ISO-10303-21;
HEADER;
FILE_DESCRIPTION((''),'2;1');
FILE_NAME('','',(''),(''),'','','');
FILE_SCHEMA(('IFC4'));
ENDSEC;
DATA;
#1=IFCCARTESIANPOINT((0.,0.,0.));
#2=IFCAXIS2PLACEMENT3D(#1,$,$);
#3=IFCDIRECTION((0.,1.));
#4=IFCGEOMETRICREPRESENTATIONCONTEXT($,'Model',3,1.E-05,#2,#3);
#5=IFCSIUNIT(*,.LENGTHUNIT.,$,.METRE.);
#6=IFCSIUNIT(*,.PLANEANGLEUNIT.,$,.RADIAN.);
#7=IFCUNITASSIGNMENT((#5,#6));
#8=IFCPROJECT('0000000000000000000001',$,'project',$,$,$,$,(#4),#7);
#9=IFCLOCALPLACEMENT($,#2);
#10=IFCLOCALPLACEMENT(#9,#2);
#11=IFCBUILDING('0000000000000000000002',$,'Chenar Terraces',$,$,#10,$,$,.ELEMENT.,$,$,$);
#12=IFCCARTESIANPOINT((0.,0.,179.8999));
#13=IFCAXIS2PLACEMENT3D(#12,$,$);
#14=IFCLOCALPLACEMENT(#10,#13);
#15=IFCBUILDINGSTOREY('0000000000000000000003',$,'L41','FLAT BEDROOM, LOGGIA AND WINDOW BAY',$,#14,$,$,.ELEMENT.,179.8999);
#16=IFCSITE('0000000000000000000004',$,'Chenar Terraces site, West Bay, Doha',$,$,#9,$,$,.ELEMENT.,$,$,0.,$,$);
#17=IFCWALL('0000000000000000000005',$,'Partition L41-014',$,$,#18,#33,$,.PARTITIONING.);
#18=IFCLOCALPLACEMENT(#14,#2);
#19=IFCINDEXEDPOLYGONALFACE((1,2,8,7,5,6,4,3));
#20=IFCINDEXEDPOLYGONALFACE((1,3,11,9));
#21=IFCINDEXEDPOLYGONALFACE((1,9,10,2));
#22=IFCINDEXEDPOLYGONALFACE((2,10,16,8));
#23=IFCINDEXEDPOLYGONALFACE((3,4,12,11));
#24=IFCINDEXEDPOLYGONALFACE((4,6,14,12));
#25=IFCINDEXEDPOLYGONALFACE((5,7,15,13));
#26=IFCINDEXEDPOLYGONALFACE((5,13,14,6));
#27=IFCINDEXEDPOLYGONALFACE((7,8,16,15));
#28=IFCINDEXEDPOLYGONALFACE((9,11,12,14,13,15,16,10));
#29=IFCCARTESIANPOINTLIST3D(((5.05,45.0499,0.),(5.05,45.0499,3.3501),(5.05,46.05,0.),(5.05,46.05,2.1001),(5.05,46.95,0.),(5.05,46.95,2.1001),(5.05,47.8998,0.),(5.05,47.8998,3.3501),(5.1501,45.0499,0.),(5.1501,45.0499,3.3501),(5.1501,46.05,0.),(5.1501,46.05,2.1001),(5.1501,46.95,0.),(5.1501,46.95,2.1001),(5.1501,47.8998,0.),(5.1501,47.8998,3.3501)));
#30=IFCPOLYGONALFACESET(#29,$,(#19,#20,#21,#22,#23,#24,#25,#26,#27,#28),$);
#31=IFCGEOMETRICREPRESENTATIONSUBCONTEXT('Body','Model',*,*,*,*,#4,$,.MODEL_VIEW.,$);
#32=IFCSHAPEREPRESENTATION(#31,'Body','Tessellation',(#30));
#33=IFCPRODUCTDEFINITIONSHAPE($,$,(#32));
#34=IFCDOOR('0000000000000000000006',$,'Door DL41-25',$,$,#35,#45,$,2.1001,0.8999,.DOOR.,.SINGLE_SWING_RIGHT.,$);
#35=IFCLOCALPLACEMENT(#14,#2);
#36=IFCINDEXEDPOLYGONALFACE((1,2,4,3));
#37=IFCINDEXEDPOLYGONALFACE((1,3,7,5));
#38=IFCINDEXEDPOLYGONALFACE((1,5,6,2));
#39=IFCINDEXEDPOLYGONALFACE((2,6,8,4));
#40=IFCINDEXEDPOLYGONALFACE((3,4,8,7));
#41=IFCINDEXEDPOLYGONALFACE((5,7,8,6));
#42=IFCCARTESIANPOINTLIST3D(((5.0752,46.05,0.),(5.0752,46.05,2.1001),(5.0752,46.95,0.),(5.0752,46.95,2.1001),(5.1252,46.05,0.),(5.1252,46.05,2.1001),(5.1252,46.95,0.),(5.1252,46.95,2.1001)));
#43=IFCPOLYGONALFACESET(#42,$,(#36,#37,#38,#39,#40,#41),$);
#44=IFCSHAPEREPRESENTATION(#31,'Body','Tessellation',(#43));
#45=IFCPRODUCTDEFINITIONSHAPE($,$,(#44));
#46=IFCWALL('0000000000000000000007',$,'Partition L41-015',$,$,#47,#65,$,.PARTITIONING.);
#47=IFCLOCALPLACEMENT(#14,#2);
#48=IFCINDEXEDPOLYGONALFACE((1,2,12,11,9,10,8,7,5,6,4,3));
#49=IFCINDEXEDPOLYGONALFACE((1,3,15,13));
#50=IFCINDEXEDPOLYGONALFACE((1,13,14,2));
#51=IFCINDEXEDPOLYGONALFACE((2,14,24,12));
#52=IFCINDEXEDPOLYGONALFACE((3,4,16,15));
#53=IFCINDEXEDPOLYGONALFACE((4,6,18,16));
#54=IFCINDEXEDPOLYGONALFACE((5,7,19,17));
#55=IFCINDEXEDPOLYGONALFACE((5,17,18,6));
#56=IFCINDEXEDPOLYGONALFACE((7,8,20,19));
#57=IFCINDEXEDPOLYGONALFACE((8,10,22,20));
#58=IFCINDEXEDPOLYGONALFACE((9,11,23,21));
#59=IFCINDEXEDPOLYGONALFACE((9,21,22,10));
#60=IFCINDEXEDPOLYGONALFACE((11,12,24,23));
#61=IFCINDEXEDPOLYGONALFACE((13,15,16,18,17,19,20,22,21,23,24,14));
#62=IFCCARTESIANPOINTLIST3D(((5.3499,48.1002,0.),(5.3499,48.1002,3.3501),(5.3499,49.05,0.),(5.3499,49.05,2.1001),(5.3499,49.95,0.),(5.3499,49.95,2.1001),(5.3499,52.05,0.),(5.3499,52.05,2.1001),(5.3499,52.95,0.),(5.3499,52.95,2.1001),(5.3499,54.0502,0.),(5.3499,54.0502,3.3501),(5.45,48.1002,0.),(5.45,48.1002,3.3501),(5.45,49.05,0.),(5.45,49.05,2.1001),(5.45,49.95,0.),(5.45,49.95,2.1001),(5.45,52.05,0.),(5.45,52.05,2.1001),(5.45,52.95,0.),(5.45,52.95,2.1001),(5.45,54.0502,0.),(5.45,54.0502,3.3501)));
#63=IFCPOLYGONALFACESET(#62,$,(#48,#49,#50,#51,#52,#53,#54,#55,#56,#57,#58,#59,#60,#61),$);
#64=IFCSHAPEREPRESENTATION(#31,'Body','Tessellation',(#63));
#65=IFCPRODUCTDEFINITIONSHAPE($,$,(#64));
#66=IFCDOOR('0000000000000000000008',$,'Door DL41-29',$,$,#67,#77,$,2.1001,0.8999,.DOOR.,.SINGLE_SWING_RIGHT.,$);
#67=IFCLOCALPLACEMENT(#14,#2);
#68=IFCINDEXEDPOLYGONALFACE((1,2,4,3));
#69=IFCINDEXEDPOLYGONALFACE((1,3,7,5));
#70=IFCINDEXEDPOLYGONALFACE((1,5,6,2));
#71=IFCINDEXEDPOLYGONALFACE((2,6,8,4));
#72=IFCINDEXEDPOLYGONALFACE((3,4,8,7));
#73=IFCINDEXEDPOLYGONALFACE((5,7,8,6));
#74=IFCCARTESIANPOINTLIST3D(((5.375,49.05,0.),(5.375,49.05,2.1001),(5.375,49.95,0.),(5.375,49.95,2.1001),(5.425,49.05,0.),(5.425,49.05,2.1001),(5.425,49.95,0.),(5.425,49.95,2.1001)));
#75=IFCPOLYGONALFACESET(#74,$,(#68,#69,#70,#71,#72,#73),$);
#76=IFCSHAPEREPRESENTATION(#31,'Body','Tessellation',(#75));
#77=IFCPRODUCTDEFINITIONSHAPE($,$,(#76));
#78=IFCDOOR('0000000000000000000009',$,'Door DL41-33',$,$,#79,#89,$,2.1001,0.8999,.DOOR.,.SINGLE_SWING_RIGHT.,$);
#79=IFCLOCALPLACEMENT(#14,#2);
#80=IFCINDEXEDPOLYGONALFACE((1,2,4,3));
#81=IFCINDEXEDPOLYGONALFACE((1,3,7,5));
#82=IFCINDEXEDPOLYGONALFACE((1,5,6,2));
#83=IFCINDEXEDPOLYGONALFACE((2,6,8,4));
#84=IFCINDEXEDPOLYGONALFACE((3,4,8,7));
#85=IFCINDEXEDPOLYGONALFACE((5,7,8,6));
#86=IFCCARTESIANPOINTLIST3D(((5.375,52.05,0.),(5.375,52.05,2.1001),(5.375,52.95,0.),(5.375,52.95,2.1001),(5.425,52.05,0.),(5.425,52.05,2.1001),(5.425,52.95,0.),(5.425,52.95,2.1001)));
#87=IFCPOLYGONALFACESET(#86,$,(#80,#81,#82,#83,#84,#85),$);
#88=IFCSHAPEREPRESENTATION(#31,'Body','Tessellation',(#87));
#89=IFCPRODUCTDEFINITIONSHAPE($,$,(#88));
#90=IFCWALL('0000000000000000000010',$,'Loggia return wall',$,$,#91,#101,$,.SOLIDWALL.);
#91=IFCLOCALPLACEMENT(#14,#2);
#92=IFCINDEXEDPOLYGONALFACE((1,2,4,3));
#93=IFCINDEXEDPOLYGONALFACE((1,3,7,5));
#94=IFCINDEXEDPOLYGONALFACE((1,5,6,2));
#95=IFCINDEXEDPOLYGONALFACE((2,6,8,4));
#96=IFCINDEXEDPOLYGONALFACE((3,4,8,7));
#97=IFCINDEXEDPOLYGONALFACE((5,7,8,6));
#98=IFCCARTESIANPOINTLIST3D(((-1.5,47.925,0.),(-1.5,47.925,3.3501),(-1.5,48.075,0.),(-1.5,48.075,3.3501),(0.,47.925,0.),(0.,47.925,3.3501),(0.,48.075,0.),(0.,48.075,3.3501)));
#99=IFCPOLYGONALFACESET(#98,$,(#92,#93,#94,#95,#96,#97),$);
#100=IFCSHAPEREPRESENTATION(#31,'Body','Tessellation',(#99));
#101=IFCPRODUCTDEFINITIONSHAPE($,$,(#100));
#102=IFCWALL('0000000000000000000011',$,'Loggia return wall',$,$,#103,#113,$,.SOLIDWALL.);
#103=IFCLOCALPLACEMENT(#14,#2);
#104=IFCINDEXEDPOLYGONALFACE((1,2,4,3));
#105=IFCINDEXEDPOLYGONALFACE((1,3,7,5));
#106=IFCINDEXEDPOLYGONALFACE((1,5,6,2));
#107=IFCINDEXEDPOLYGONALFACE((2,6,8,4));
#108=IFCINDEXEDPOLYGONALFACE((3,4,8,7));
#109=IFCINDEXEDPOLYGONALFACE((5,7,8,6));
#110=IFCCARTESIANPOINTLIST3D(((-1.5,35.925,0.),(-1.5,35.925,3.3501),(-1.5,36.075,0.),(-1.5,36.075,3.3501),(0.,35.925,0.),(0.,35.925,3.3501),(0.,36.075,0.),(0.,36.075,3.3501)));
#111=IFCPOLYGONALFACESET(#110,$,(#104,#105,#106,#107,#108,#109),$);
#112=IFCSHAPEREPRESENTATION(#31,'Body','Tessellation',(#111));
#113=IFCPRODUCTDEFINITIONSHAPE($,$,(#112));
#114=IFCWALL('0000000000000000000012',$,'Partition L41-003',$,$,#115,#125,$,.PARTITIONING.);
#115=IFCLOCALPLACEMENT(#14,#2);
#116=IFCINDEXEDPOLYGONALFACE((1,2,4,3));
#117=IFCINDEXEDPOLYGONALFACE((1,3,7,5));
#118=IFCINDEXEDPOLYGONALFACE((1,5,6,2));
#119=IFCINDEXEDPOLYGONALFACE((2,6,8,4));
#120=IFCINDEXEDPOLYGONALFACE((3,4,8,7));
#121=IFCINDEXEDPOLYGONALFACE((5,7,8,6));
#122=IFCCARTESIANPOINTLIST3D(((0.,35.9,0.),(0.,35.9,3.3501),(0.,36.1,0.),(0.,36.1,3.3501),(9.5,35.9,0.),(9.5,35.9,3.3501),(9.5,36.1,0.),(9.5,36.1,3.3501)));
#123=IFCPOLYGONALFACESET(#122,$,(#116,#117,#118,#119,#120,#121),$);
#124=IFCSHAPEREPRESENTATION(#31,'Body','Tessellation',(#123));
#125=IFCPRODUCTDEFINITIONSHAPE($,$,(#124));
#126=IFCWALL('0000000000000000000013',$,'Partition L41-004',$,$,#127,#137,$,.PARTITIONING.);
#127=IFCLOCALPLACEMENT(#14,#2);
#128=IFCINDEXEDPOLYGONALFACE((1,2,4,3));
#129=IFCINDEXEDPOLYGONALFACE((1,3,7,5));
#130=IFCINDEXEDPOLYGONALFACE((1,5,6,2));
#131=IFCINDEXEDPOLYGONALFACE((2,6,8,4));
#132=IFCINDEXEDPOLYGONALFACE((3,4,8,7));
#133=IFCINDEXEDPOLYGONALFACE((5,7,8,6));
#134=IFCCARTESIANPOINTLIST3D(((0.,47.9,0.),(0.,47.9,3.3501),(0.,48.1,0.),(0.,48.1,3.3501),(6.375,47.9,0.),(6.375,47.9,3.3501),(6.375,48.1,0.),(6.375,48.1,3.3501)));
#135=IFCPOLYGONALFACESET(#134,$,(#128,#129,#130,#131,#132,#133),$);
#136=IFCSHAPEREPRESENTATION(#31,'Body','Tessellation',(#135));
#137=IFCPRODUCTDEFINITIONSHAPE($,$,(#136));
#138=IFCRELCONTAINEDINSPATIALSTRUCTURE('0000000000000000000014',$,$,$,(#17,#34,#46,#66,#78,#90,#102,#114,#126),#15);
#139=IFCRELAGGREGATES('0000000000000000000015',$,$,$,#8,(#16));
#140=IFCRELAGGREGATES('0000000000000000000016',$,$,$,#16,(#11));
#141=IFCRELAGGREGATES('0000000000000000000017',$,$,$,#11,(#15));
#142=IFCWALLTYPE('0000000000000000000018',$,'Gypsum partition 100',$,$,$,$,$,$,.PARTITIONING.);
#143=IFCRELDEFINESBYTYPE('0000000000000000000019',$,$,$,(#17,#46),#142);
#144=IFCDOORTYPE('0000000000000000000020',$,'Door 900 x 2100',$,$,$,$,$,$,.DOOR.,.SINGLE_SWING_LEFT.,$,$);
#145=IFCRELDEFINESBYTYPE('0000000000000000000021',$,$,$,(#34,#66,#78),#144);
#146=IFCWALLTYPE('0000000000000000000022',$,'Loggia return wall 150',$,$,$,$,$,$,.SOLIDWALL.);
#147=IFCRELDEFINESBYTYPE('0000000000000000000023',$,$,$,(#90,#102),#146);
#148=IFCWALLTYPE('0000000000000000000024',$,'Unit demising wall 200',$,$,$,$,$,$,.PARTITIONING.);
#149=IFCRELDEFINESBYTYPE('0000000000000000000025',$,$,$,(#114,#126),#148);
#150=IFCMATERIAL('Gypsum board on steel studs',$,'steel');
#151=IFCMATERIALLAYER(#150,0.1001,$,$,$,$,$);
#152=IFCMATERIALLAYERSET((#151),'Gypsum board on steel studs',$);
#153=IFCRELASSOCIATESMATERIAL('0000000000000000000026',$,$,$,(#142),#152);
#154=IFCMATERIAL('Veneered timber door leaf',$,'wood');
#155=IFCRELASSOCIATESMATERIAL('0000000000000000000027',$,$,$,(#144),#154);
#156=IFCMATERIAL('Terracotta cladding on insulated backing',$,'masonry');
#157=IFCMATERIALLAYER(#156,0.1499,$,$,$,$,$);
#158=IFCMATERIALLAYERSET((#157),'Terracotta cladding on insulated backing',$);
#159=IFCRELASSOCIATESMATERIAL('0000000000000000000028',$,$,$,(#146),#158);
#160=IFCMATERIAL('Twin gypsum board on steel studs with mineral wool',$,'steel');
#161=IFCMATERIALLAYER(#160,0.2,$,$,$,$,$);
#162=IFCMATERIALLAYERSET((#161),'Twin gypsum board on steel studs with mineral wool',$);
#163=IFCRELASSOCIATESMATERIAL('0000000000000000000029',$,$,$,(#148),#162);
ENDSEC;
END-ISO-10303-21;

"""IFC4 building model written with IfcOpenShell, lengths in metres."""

from ifc_helpers import new_model, si_unit, direction, frame, frame_2d, origin, place, context, subcontext, project, spatial, rectangle, extrude, material, layer, layer_set, type_object, element, fill, save


model = new_model("IFC4")

# Units and contexts
model_context = context("Model", 3, precision=1e-05, world=origin(), true_north=direction((0.0, 1.0)))
body_context = subcontext(model_context, "Body", "Model", "MODEL_VIEW")
ifc_project = project(units=[si_unit("LENGTHUNIT", "METRE"), si_unit("PLANEANGLEUNIT", "RADIAN")], contexts=[model_context])

# Site, building, storey
site_placement = place(None, origin())
site = spatial("IfcSite", under=ifc_project, at=site_placement, Name="Chenar Terraces site, West Bay, Doha", CompositionType="ELEMENT", RefElevation=0.0)
building_placement = place(site_placement, origin())
building = spatial("IfcBuilding", under=site, at=building_placement, Name="Chenar Terraces", CompositionType="ELEMENT")
storey_placement = place(building_placement, frame((0.0, 0.0, 179.8999)))
storey = spatial("IfcBuildingStorey", under=building, at=storey_placement, Name="L41", Description="FLAT BEDROOM, LOGGIA AND WINDOW BAY", CompositionType="ELEMENT", Elevation=179.8999)

# Shared definitions
placement = place(storey_placement, frame((0.0, 36.0, 0.0), z_axis=(0.0, 0.0, 1.0), x_axis=(1.0, 0.0, 0.0)))

# Shared definitions
ifc_material_1 = material(Name="Gypsum board on steel studs", Category="steel")
ifc_layer_1 = layer(ifc_material_1, 0.1001)
ifc_layer_set_1 = layer_set([ifc_layer_1], Name="Gypsum board on steel studs")
wall_type_1 = type_object("IfcWallType", Name="Gypsum partition 100", PredefinedType="PARTITIONING", material=ifc_layer_set_1)

# Wall, opening, door
ifc_material_2 = material(Name="Veneered timber door leaf", Category="wood")
door_type_1 = type_object("IfcDoorType", Name="Door 900 x 2100", OperationType="SINGLE_SWING_LEFT", PredefinedType="DOOR", material=ifc_material_2)
wall_1_placement = place(storey_placement, frame((5.1001, 45.05, 0.0), z_axis=(0.0, 0.0, 1.0), x_axis=(0.0, 1.0, 0.0)))
wall_1 = element("IfcWall", 1, at=wall_1_placement, inside=storey, type_object=wall_type_1, Name="Partition L41-014", PredefinedType="PARTITIONING", context=body_context, shape_type="SweptSolid", body=[
    extrude(rectangle(XDim=2.8499, YDim=0.1001, at=frame_2d((1.4248, 0.0))), origin(), (0.0, 0.0, 1.0), 3.3501),
])
opening_1_placement = place(wall_1_placement, frame((1.0, 0.0, 0.0)))
opening_1 = element("IfcOpeningElement", 2, at=opening_1_placement, cuts=wall_1, PredefinedType="OPENING", context=body_context, shape_type="SweptSolid", body=[
    extrude(rectangle(XDim=0.8999, YDim=2.1001, at=frame_2d((0.45, 1.05))), frame((0.0, 0.0601, 0.0), z_axis=(0.0, -1.0, 0.0), x_axis=(1.0, 0.0, 0.0)), (0.0, 0.0, 1.0), 0.1201),
])
door_1_placement = place(opening_1_placement, origin())
door_1 = element("IfcDoor", 3, at=door_1_placement, inside=storey, type_object=door_type_1, Name="Door DL41-25", OperationType="SINGLE_SWING_RIGHT", OverallHeight=2.1001, OverallWidth=0.8999, PredefinedType="DOOR", context=body_context, shape_type="SweptSolid", body=[
    extrude(rectangle(XDim=0.8999, YDim=2.1001, at=frame_2d((0.45, 1.05))), frame((0.0, 0.0249, 0.0), z_axis=(0.0, -1.0, 0.0), x_axis=(1.0, 0.0, 0.0)), (0.0, 0.0, 1.0), 0.05),
])
fill(opening_1, door_1)

# Wall, openings, doors
wall_2_placement = place(storey_placement, frame((5.3999, 48.1001, 0.0), z_axis=(0.0, 0.0, 1.0), x_axis=(0.0, 1.0, 0.0)))
wall_2 = element("IfcWall", 4, at=wall_2_placement, inside=storey, type_object=wall_type_1, Name="Partition L41-015", PredefinedType="PARTITIONING", context=body_context, shape_type="SweptSolid", body=[
    extrude(rectangle(XDim=5.95, YDim=0.1001, at=frame_2d((2.9751, 0.0))), origin(), (0.0, 0.0, 1.0), 3.3501),
])
opening_2_placement = place(wall_2_placement, frame((0.95, 0.0, 0.0)))
opening_2 = element("IfcOpeningElement", 5, at=opening_2_placement, cuts=wall_2, PredefinedType="OPENING", context=body_context, shape_type="SweptSolid", body=[
    extrude(rectangle(XDim=0.8999, YDim=2.1001, at=frame_2d((0.45, 1.05))), frame((0.0, 0.0601, 0.0), z_axis=(0.0, -1.0, 0.0), x_axis=(1.0, 0.0, 0.0)), (0.0, 0.0, 1.0), 0.1201),
])
opening_3_placement = place(wall_2_placement, frame((3.95, 0.0, 0.0)))
opening_3 = element("IfcOpeningElement", 6, at=opening_3_placement, cuts=wall_2, PredefinedType="OPENING", context=body_context, shape_type="SweptSolid", body=[
    extrude(rectangle(XDim=0.8999, YDim=2.1001, at=frame_2d((0.45, 1.05))), frame((0.0, 0.0601, 0.0), z_axis=(0.0, -1.0, 0.0), x_axis=(1.0, 0.0, 0.0)), (0.0, 0.0, 1.0), 0.1201),
])
door_2_placement = place(opening_2_placement, origin())
door_2 = element("IfcDoor", 7, at=door_2_placement, inside=storey, type_object=door_type_1, Name="Door DL41-29", OperationType="SINGLE_SWING_RIGHT", OverallHeight=2.1001, OverallWidth=0.8999, PredefinedType="DOOR", context=body_context, shape_type="SweptSolid", body=[
    extrude(rectangle(XDim=0.8999, YDim=2.1001, at=frame_2d((0.45, 1.05))), frame((0.0, 0.0249, 0.0), z_axis=(0.0, -1.0, 0.0), x_axis=(1.0, 0.0, 0.0)), (0.0, 0.0, 1.0), 0.05),
])
fill(opening_2, door_2)
door_3_placement = place(opening_3_placement, origin())
door_3 = element("IfcDoor", 8, at=door_3_placement, inside=storey, type_object=door_type_1, Name="Door DL41-33", OperationType="SINGLE_SWING_RIGHT", OverallHeight=2.1001, OverallWidth=0.8999, PredefinedType="DOOR", context=body_context, shape_type="SweptSolid", body=[
    extrude(rectangle(XDim=0.8999, YDim=2.1001, at=frame_2d((0.45, 1.05))), frame((0.0, 0.0249, 0.0), z_axis=(0.0, -1.0, 0.0), x_axis=(1.0, 0.0, 0.0)), (0.0, 0.0, 1.0), 0.05),
])
fill(opening_3, door_3)

# Walls
ifc_material_3 = material(Name="Terracotta cladding on insulated backing", Category="masonry")
ifc_layer_2 = layer(ifc_material_3, 0.1499)
ifc_layer_set_2 = layer_set([ifc_layer_2], Name="Terracotta cladding on insulated backing")
wall_type_2 = type_object("IfcWallType", Name="Loggia return wall 150", PredefinedType="SOLIDWALL", material=ifc_layer_set_2)
for number, where, z_axis, x_axis, name in (
    (9, (-1.5, 48.0, 0.0), (0.0, 0.0, 1.0), (1.0, 0.0, 0.0), "Loggia return wall"),
    (10, (-1.5, 36.0, 0.0), (0.0, 0.0, 1.0), (1.0, 0.0, 0.0), "Loggia return wall"),
):
    element("IfcWall", number, at=place(storey_placement, frame(where, z_axis=z_axis, x_axis=x_axis)), inside=storey, type_object=wall_type_2, Name=name, PredefinedType="SOLIDWALL", context=body_context, shape_type="SweptSolid", body=[
        extrude(rectangle(XDim=1.5, YDim=0.1499, at=frame_2d((0.75, 0.0))), origin(), (0.0, 0.0, 1.0), 3.3501),
    ])
ifc_material_4 = material(Name="Twin gypsum board on steel studs with mineral wool", Category="steel")
ifc_layer_3 = layer(ifc_material_4, 0.2)
ifc_layer_set_3 = layer_set([ifc_layer_3], Name="Twin gypsum board on steel studs with mineral wool")
wall_type_3 = type_object("IfcWallType", Name="Unit demising wall 200", PredefinedType="PARTITIONING", material=ifc_layer_set_3)
element("IfcWall", 11, at=placement, inside=storey, type_object=wall_type_3, Name="Partition L41-003", PredefinedType="PARTITIONING", context=body_context, shape_type="SweptSolid", body=[
    extrude(rectangle(XDim=9.5, YDim=0.2, at=frame_2d((4.75, 0.0))), origin(), (0.0, 0.0, 1.0), 3.3501),
])
wall_3_placement = place(storey_placement, frame((0.0, 48.0, 0.0), z_axis=(0.0, 0.0, 1.0), x_axis=(1.0, 0.0, 0.0)))
element("IfcWall", 12, at=wall_3_placement, inside=storey, type_object=wall_type_3, Name="Partition L41-004", PredefinedType="PARTITIONING", context=body_context, shape_type="SweptSolid", body=[
    extrude(rectangle(XDim=6.375, YDim=0.2, at=frame_2d((3.1875, 0.0))), origin(), (0.0, 0.0, 1.0), 3.3501),
])

save(model, "model.ifc")
